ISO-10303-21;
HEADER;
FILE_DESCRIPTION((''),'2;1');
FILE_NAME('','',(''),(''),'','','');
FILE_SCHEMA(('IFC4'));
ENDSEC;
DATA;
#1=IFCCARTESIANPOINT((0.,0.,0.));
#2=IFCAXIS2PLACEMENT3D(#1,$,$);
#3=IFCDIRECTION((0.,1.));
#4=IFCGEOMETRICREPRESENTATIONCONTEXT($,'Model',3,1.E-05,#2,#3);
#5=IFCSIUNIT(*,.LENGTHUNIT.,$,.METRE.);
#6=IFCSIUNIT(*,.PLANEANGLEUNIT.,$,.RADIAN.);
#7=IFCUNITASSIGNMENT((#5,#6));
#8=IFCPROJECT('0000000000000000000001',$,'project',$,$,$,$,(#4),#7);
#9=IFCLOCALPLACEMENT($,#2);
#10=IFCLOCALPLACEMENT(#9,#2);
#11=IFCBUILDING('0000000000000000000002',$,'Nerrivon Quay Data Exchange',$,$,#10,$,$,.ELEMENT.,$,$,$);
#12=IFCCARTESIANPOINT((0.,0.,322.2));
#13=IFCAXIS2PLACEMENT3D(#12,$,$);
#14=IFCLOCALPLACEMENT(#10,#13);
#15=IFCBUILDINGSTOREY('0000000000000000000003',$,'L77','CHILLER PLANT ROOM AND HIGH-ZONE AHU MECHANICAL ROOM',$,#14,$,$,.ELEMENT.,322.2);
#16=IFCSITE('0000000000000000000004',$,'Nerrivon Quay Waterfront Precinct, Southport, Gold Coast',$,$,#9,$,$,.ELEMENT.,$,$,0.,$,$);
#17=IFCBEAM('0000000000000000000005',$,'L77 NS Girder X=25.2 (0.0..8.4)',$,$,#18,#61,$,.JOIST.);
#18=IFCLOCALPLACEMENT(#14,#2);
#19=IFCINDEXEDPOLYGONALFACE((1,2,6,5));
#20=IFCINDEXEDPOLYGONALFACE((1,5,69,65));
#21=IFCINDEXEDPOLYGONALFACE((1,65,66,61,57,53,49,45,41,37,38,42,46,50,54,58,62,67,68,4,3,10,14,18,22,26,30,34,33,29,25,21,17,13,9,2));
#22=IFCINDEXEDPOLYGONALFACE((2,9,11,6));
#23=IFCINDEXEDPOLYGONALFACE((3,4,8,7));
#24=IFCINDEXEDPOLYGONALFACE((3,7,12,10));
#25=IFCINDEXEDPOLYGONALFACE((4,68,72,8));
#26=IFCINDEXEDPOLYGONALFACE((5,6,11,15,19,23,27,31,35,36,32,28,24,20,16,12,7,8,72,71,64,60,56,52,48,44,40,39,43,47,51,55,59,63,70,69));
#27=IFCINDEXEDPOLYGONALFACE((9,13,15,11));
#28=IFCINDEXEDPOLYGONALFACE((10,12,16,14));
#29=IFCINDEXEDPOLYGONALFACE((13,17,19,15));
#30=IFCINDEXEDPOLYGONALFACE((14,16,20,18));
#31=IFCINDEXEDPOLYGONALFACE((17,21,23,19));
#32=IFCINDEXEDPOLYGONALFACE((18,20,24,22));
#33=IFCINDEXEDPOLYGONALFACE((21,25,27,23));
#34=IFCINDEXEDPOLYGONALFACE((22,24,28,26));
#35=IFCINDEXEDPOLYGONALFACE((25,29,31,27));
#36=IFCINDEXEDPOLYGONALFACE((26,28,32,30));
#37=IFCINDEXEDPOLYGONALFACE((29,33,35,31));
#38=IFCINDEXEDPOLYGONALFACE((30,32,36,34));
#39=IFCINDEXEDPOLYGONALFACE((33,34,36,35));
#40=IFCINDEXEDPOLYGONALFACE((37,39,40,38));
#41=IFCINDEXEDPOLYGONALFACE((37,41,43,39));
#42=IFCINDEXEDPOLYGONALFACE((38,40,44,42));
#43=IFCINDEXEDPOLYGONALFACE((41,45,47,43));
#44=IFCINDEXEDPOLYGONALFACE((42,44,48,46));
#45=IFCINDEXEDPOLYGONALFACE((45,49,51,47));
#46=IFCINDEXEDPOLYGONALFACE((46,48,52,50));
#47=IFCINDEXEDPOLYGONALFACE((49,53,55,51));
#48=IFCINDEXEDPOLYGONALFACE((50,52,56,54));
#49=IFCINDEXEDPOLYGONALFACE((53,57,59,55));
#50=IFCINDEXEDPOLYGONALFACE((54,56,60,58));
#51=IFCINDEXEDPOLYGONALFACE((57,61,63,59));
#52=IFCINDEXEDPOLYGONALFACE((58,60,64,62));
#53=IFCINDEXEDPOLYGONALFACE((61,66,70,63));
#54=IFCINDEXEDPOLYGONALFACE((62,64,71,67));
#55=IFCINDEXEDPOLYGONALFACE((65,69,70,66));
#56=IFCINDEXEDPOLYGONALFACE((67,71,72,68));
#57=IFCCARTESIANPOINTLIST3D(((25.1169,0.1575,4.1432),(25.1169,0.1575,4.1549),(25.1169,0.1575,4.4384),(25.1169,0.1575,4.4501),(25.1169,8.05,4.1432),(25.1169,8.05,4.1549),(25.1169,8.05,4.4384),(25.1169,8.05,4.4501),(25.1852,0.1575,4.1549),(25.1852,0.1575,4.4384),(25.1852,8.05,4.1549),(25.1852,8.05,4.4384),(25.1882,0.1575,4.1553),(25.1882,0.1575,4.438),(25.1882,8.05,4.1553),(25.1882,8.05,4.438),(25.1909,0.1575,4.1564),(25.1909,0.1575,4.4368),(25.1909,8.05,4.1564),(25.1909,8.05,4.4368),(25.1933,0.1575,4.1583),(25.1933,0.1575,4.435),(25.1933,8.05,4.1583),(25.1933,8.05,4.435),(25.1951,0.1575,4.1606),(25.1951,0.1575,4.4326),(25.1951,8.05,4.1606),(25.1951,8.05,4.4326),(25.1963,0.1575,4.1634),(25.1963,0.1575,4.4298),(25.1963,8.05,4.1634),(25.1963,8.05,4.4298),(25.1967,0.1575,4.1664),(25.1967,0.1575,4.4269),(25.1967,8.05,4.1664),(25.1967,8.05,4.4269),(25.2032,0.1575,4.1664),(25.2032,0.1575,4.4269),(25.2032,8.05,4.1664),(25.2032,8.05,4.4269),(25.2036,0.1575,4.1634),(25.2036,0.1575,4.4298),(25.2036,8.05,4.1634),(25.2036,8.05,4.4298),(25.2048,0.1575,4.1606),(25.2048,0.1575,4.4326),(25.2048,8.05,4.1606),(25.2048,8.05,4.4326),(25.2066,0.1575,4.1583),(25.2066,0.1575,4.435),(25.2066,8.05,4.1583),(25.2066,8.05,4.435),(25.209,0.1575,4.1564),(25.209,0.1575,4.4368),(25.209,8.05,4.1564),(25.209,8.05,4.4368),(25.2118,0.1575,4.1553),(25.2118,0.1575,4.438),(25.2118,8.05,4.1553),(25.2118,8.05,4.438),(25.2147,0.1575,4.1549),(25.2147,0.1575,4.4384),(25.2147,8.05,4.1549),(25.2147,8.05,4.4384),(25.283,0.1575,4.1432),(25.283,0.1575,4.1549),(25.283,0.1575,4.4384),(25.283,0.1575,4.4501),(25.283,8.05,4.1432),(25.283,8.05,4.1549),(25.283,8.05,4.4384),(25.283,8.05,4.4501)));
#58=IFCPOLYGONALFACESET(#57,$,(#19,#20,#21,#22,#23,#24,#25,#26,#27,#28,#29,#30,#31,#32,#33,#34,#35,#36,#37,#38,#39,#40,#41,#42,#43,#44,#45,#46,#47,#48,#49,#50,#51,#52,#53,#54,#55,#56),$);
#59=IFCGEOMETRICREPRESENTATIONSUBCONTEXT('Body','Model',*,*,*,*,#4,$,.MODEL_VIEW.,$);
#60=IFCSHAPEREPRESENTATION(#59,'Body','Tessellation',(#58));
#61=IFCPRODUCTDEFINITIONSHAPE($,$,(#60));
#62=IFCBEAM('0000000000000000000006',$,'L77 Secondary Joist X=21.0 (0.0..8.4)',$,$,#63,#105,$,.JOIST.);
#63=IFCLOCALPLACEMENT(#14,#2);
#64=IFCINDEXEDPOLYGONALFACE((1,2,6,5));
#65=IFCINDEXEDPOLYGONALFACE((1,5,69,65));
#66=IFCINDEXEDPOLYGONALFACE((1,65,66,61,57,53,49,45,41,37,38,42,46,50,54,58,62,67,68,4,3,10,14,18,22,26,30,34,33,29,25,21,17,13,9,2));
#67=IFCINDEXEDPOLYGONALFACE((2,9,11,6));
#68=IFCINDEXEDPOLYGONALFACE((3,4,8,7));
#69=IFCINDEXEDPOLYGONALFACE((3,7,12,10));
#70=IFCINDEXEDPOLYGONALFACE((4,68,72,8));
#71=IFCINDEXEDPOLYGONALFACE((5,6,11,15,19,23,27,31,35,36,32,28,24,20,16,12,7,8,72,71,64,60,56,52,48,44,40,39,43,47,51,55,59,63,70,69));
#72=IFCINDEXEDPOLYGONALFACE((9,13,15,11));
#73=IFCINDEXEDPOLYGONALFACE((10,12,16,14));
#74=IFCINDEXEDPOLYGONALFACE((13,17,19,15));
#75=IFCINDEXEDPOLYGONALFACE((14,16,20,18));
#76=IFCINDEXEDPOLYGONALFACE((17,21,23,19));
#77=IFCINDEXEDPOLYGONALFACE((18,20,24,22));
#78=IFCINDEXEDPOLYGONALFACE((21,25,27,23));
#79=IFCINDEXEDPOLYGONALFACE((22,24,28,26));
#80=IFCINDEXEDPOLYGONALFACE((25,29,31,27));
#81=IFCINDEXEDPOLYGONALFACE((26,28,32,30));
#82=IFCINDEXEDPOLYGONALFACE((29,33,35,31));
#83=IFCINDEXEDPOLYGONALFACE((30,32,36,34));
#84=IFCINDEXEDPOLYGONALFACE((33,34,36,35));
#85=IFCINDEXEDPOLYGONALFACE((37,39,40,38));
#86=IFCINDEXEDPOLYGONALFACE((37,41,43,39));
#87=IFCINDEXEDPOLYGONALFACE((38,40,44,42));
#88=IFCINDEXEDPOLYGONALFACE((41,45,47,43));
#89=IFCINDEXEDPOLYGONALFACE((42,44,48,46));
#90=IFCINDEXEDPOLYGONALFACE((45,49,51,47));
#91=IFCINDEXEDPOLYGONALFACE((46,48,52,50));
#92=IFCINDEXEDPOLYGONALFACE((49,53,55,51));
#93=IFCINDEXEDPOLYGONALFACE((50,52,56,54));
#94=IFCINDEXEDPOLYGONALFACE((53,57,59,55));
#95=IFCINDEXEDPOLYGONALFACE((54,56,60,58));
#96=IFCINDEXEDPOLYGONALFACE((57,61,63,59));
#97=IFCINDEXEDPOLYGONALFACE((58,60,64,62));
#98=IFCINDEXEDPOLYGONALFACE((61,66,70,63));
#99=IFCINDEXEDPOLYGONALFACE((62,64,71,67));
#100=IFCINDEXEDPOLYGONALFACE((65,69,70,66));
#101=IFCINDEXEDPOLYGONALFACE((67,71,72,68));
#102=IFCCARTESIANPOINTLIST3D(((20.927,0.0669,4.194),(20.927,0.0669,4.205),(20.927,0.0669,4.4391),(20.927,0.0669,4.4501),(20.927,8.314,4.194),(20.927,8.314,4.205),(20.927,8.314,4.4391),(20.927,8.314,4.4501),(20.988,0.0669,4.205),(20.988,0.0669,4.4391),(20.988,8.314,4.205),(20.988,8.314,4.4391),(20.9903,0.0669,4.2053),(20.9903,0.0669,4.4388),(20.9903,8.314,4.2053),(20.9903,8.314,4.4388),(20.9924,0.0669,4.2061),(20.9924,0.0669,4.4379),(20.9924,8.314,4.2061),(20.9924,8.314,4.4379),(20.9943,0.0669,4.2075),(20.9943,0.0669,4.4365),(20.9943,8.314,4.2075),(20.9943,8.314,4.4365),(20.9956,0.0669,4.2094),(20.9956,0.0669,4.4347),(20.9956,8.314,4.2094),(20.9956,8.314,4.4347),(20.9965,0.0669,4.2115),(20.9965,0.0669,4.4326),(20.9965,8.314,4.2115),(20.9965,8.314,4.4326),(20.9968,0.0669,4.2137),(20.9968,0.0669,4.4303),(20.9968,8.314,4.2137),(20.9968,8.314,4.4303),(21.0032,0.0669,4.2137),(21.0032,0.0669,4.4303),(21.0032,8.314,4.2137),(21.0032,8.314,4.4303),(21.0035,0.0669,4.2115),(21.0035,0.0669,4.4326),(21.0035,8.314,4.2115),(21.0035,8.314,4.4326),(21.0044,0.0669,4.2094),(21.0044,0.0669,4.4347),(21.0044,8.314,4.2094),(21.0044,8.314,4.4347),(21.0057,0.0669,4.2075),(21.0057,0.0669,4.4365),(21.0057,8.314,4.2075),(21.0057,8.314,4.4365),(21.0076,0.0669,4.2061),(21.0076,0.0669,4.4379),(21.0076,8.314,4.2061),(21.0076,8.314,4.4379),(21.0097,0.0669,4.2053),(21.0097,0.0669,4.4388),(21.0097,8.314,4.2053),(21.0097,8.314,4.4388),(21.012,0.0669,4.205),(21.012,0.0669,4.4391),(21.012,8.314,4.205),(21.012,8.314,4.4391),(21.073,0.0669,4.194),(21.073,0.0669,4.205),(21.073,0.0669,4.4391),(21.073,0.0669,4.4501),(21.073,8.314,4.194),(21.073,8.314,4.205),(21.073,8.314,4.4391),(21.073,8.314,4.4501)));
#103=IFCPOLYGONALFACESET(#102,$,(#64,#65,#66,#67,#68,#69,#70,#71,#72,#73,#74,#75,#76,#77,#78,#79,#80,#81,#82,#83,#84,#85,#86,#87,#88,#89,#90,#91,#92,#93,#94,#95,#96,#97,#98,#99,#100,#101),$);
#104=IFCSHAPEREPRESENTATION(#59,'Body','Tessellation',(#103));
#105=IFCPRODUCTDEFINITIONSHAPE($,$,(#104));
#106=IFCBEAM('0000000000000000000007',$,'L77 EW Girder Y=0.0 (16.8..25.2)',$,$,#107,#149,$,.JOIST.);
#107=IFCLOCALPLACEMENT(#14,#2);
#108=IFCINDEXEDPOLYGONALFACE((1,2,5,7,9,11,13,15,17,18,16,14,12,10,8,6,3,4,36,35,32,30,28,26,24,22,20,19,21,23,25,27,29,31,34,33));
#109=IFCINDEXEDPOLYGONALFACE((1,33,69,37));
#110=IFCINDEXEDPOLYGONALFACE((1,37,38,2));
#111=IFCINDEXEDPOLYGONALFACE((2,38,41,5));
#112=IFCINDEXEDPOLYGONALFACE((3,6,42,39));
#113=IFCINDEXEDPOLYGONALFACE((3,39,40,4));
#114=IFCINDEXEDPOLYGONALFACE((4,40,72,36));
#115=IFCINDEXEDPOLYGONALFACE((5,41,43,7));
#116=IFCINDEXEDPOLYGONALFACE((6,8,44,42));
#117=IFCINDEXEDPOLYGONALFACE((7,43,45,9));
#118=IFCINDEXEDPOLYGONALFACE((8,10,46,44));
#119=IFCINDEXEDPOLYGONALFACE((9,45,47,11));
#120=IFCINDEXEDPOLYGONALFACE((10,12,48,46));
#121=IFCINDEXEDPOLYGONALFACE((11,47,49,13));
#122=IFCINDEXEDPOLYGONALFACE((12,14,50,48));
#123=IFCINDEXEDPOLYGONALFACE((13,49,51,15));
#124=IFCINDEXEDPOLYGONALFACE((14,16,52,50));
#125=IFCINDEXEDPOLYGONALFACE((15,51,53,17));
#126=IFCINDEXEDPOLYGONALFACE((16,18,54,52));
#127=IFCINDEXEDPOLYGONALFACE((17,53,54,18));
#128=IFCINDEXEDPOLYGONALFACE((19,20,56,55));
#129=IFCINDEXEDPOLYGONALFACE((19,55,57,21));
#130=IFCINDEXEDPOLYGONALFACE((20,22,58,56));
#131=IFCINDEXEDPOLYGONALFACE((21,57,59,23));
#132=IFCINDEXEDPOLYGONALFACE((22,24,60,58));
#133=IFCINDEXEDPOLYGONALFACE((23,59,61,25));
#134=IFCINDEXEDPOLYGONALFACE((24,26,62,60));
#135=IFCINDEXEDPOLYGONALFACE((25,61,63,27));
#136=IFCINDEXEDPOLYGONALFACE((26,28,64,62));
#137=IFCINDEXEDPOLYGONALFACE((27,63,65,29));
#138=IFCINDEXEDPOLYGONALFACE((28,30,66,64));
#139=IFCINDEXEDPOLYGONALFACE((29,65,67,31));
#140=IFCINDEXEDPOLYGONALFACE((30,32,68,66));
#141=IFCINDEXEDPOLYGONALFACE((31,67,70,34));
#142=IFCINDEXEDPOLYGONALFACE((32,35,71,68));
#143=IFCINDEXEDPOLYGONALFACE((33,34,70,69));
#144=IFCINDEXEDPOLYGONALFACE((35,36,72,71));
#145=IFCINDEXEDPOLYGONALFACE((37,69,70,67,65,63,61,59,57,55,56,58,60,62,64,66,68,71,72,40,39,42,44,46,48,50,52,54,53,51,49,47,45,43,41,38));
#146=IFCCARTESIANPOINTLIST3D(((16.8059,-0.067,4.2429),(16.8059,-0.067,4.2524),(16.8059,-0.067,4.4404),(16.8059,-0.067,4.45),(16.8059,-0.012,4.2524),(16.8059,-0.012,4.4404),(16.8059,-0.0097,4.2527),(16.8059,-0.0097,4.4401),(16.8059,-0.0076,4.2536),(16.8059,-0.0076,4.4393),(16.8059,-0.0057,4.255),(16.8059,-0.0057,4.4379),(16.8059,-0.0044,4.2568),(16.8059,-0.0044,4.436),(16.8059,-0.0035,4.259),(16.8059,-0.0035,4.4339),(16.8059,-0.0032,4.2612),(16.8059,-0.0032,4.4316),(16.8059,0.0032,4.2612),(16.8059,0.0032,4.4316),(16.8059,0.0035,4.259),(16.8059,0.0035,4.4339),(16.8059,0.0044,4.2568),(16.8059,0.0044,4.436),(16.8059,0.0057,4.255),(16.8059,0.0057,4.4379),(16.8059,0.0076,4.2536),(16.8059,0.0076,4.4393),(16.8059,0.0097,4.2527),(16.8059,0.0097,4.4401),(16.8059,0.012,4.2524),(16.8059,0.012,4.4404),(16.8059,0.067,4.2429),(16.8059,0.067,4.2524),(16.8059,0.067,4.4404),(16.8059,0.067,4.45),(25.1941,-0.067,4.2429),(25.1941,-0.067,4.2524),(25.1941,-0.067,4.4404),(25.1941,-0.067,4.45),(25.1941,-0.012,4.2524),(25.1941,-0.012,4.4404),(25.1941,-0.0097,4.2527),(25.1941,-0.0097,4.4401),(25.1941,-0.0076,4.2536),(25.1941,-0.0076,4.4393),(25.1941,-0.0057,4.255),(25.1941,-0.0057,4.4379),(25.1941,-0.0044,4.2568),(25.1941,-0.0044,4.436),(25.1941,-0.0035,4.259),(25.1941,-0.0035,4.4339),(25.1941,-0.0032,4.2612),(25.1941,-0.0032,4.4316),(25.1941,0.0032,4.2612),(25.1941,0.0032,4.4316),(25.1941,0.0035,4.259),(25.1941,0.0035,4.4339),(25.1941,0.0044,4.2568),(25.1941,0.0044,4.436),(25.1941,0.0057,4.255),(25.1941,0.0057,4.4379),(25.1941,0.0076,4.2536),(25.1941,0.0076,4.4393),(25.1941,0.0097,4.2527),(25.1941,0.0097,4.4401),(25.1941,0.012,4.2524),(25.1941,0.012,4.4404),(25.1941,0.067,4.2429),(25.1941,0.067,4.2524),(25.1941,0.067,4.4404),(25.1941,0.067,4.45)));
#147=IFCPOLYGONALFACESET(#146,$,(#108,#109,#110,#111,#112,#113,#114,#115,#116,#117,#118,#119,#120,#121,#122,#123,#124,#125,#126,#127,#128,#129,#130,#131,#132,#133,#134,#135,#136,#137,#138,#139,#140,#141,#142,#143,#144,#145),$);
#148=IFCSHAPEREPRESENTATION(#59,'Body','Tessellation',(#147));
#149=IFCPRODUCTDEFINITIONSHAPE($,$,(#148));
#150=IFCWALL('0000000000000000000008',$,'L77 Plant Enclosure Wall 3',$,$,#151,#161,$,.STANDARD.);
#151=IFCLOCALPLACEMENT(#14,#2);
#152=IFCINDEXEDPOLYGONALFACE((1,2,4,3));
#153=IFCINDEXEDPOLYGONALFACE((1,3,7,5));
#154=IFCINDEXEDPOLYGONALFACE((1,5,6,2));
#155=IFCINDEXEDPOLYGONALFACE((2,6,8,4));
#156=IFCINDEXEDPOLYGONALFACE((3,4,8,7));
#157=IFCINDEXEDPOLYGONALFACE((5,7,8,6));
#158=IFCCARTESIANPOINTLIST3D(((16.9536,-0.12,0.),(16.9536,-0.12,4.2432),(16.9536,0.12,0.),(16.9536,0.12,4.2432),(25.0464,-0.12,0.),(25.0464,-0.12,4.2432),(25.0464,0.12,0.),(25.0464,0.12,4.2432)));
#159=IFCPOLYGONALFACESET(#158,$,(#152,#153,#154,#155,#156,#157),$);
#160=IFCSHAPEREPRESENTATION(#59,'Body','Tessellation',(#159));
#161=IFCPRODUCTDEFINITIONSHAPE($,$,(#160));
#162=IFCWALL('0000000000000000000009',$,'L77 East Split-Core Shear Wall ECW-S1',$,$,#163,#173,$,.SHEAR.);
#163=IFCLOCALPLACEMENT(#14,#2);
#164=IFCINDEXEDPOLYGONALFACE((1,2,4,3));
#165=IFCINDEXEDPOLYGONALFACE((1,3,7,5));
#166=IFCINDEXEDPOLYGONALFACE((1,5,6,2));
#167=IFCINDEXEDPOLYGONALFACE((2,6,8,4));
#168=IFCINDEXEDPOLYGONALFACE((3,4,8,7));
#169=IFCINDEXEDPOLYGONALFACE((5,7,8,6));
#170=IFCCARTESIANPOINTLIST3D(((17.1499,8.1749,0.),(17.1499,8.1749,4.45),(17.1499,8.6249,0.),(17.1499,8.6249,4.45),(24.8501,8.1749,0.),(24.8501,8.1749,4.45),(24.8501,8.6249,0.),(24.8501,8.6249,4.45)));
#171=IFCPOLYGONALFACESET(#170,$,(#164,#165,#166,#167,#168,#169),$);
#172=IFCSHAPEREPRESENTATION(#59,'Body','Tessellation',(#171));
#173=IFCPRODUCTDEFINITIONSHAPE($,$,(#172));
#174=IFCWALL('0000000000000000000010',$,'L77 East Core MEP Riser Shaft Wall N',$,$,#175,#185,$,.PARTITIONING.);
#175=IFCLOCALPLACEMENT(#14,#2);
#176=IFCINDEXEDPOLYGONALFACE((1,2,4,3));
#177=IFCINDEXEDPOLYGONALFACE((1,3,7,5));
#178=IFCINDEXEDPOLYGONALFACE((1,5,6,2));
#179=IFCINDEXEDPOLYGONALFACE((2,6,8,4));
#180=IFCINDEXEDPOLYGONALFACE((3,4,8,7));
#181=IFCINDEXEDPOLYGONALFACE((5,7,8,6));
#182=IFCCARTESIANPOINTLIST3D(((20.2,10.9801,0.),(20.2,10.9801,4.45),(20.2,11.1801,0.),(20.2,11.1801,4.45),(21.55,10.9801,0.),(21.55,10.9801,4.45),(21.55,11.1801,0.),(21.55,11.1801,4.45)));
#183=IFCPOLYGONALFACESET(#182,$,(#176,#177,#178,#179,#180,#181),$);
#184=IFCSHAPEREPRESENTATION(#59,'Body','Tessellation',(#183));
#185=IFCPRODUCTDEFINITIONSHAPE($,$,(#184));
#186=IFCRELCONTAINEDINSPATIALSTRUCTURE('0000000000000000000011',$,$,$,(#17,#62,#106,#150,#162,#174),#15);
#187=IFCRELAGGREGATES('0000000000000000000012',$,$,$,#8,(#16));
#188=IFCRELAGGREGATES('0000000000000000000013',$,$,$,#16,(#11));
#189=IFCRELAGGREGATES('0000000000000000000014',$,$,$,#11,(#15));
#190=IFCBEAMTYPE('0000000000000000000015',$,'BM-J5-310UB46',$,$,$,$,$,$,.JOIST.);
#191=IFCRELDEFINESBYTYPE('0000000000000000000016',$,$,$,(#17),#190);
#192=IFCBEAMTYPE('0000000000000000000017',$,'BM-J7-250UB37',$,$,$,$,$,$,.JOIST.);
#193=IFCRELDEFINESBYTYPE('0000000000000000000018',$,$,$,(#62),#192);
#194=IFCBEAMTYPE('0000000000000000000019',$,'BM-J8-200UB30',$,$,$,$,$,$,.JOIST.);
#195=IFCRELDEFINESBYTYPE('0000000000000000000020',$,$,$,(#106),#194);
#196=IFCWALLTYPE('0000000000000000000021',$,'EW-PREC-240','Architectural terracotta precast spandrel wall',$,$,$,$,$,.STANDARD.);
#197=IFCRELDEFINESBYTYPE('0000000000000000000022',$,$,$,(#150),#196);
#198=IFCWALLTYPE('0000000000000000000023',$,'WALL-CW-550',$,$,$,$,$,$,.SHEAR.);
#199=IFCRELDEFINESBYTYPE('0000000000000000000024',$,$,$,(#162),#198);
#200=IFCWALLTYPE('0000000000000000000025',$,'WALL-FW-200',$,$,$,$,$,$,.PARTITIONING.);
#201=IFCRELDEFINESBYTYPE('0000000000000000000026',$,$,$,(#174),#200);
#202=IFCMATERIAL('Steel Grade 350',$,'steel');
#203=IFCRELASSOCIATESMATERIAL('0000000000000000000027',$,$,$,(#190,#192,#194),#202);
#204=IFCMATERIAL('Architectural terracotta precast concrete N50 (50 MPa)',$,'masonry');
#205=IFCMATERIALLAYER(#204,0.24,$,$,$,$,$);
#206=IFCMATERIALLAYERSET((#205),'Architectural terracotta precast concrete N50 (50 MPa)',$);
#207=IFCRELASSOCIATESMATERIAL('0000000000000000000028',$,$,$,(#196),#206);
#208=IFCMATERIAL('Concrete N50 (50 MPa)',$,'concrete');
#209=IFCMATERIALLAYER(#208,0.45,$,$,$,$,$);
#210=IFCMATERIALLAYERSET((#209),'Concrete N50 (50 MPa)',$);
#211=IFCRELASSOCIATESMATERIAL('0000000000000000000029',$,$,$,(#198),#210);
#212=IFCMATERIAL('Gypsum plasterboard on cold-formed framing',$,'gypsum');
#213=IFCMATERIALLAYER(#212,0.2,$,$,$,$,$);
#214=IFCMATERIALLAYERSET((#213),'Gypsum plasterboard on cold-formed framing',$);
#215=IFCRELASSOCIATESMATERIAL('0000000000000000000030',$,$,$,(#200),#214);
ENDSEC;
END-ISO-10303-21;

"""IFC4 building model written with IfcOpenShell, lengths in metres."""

from ifc_helpers import new_model, si_unit, direction, frame, frame_2d, origin, origin_2d, place, context, subcontext, project, spatial, rectangle, i_section, extrude, material, layer, layer_set, material_profile, profile_set, type_object, element, save


model = new_model("IFC4")

# Units and contexts
model_context = context("Model", 3, precision=1e-05, world=origin(), true_north=direction((0.0, 1.0)))
body_context = subcontext(model_context, "Body", "Model", "MODEL_VIEW")
ifc_project = project(units=[si_unit("LENGTHUNIT", "METRE"), si_unit("PLANEANGLEUNIT", "RADIAN")], contexts=[model_context])

# Site, building, storey
site_placement = place(None, origin())
site = spatial("IfcSite", under=ifc_project, at=site_placement, Name="Nerrivon Quay Waterfront Precinct, Southport, Gold Coast", CompositionType="ELEMENT", RefElevation=0.0)
building_placement = place(site_placement, origin())
building = spatial("IfcBuilding", under=site, at=building_placement, Name="Nerrivon Quay Data Exchange", CompositionType="ELEMENT")
storey_placement = place(building_placement, frame((0.0, 0.0, 322.2)))
storey = spatial("IfcBuildingStorey", under=building, at=storey_placement, Name="L77", Description="CHILLER PLANT ROOM AND HIGH-ZONE AHU MECHANICAL ROOM", CompositionType="ELEMENT", Elevation=322.2)

# Shared definitions
ifc_material_1 = material(Name="Concrete N50 (50 MPa)", Category="concrete")
ifc_material_2 = material(Name="Steel Grade 350", Category="steel")

# Beams
ifc_material_profile_1 = material_profile(ifc_material_2, i_section(OverallWidth=0.166, OverallDepth=0.3069, WebThickness=0.0066, FlangeThickness=0.0117, FilletRadius=0.0115, at=origin_2d()), Name="310UB46.2")
ifc_profile_set_1 = profile_set([ifc_material_profile_1], Name="Steel Grade 350")
beam_type_1 = type_object("IfcBeamType", Name="BM-J5-310UB46", PredefinedType="JOIST", material=ifc_profile_set_1)
beam_1_placement = place(storey_placement, frame((25.2, 0.1575, 4.2966), z_axis=(0.0, 1.0, 0.0), x_axis=(-1.0, 0.0, 0.0)))
element("IfcBeam", 1, at=beam_1_placement, inside=storey, type_object=beam_type_1, Name="L77 NS Girder X=25.2 (0.0..8.4)", PredefinedType="JOIST", context=body_context, shape_type="SweptSolid", body=[
    extrude(i_section(OverallWidth=0.166, OverallDepth=0.3069, WebThickness=0.0066, FlangeThickness=0.0117, FilletRadius=0.0115, at=origin_2d()), origin(), (0.0, 0.0, 1.0), 7.8926),
])
ifc_material_profile_2 = material_profile(ifc_material_2, i_section(OverallWidth=0.146, OverallDepth=0.2561, WebThickness=0.0063, FlangeThickness=0.011, FilletRadius=0.0088, at=origin_2d()), Name="250UB37.3")
ifc_profile_set_2 = profile_set([ifc_material_profile_2], Name="Steel Grade 350")
beam_type_2 = type_object("IfcBeamType", Name="BM-J7-250UB37", PredefinedType="JOIST", material=ifc_profile_set_2)
beam_2_placement = place(storey_placement, frame((21.0, 0.0669, 4.322), z_axis=(0.0, 1.0, 0.0), x_axis=(-1.0, 0.0, 0.0)))
element("IfcBeam", 2, at=beam_2_placement, inside=storey, type_object=beam_type_2, Name="L77 Secondary Joist X=21.0 (0.0..8.4)", PredefinedType="JOIST", context=body_context, shape_type="SweptSolid", body=[
    extrude(i_section(OverallWidth=0.146, OverallDepth=0.2561, WebThickness=0.0063, FlangeThickness=0.011, FilletRadius=0.0088, at=origin_2d()), origin(), (0.0, 0.0, 1.0), 8.2471),
])
ifc_material_profile_3 = material_profile(ifc_material_2, i_section(OverallWidth=0.134, OverallDepth=0.207, WebThickness=0.0063, FlangeThickness=0.0095, FilletRadius=0.0088, at=origin_2d()), Name="200UB29.8")
ifc_profile_set_3 = profile_set([ifc_material_profile_3], Name="Steel Grade 350")
beam_type_3 = type_object("IfcBeamType", Name="BM-J8-200UB30", PredefinedType="JOIST", material=ifc_profile_set_3)
beam_3_placement = place(storey_placement, frame((16.8059, 0.0, 4.3464), z_axis=(1.0, 0.0, 0.0), x_axis=(0.0, 1.0, 0.0)))
element("IfcBeam", 3, at=beam_3_placement, inside=storey, type_object=beam_type_3, Name="L77 EW Girder Y=0.0 (16.8..25.2)", PredefinedType="JOIST", context=body_context, shape_type="SweptSolid", body=[
    extrude(i_section(OverallWidth=0.134, OverallDepth=0.207, WebThickness=0.0063, FlangeThickness=0.0095, FilletRadius=0.0088, at=origin_2d()), origin(), (0.0, 0.0, 1.0), 8.3882),
])

# Walls
ifc_material_3 = material(Name="Architectural terracotta precast concrete N50 (50 MPa)", Category="masonry")
ifc_layer_1 = layer(ifc_material_3, 0.24)
ifc_layer_set_1 = layer_set([ifc_layer_1], Name="Architectural terracotta precast concrete N50 (50 MPa)")
wall_type_1 = type_object("IfcWallType", Name="EW-PREC-240", Description="Architectural terracotta precast spandrel wall", PredefinedType="STANDARD", material=ifc_layer_set_1)
wall_1_placement = place(storey_placement, frame((25.0464, 0.0, 0.0), z_axis=(0.0, 0.0, 1.0), x_axis=(-1.0, 0.0, 0.0)))
element("IfcWall", 4, at=wall_1_placement, inside=storey, type_object=wall_type_1, Name="L77 Plant Enclosure Wall 3", PredefinedType="STANDARD", context=body_context, shape_type="SweptSolid", body=[
    extrude(rectangle(XDim=8.0928, YDim=0.24, at=frame_2d((4.0464, 0.0))), origin(), (0.0, 0.0, 1.0), 4.2432),
])
ifc_layer_2 = layer(ifc_material_1, 0.45)
ifc_layer_set_2 = layer_set([ifc_layer_2], Name="Concrete N50 (50 MPa)")
wall_type_2 = type_object("IfcWallType", Name="WALL-CW-550", PredefinedType="SHEAR", material=ifc_layer_set_2)
wall_2_placement = place(storey_placement, frame((17.1499, 8.3999, 0.0), z_axis=(0.0, 0.0, 1.0), x_axis=(1.0, 0.0, 0.0)))
element("IfcWall", 5, at=wall_2_placement, inside=storey, type_object=wall_type_2, Name="L77 East Split-Core Shear Wall ECW-S1", PredefinedType="SHEAR", context=body_context, shape_type="SweptSolid", body=[
    extrude(rectangle(XDim=7.7002, YDim=0.45, at=frame_2d((3.8501, 0.0))), origin(), (0.0, 0.0, 1.0), 4.45),
])
ifc_material_4 = material(Name="Gypsum plasterboard on cold-formed framing", Category="gypsum")
ifc_layer_3 = layer(ifc_material_4, 0.2)
ifc_layer_set_3 = layer_set([ifc_layer_3], Name="Gypsum plasterboard on cold-formed framing")
wall_type_3 = type_object("IfcWallType", Name="WALL-FW-200", PredefinedType="PARTITIONING", material=ifc_layer_set_3)
wall_3_placement = place(storey_placement, frame((20.2, 11.0801, 0.0), z_axis=(0.0, 0.0, 1.0), x_axis=(1.0, 0.0, 0.0)))
element("IfcWall", 6, at=wall_3_placement, inside=storey, type_object=wall_type_3, Name="L77 East Core MEP Riser Shaft Wall N", PredefinedType="PARTITIONING", context=body_context, shape_type="SweptSolid", body=[
    extrude(rectangle(XDim=1.3501, YDim=0.2, at=frame_2d((0.675, 0.0))), origin(), (0.0, 0.0, 1.0), 4.45),
])

save(model, "model.ifc")
